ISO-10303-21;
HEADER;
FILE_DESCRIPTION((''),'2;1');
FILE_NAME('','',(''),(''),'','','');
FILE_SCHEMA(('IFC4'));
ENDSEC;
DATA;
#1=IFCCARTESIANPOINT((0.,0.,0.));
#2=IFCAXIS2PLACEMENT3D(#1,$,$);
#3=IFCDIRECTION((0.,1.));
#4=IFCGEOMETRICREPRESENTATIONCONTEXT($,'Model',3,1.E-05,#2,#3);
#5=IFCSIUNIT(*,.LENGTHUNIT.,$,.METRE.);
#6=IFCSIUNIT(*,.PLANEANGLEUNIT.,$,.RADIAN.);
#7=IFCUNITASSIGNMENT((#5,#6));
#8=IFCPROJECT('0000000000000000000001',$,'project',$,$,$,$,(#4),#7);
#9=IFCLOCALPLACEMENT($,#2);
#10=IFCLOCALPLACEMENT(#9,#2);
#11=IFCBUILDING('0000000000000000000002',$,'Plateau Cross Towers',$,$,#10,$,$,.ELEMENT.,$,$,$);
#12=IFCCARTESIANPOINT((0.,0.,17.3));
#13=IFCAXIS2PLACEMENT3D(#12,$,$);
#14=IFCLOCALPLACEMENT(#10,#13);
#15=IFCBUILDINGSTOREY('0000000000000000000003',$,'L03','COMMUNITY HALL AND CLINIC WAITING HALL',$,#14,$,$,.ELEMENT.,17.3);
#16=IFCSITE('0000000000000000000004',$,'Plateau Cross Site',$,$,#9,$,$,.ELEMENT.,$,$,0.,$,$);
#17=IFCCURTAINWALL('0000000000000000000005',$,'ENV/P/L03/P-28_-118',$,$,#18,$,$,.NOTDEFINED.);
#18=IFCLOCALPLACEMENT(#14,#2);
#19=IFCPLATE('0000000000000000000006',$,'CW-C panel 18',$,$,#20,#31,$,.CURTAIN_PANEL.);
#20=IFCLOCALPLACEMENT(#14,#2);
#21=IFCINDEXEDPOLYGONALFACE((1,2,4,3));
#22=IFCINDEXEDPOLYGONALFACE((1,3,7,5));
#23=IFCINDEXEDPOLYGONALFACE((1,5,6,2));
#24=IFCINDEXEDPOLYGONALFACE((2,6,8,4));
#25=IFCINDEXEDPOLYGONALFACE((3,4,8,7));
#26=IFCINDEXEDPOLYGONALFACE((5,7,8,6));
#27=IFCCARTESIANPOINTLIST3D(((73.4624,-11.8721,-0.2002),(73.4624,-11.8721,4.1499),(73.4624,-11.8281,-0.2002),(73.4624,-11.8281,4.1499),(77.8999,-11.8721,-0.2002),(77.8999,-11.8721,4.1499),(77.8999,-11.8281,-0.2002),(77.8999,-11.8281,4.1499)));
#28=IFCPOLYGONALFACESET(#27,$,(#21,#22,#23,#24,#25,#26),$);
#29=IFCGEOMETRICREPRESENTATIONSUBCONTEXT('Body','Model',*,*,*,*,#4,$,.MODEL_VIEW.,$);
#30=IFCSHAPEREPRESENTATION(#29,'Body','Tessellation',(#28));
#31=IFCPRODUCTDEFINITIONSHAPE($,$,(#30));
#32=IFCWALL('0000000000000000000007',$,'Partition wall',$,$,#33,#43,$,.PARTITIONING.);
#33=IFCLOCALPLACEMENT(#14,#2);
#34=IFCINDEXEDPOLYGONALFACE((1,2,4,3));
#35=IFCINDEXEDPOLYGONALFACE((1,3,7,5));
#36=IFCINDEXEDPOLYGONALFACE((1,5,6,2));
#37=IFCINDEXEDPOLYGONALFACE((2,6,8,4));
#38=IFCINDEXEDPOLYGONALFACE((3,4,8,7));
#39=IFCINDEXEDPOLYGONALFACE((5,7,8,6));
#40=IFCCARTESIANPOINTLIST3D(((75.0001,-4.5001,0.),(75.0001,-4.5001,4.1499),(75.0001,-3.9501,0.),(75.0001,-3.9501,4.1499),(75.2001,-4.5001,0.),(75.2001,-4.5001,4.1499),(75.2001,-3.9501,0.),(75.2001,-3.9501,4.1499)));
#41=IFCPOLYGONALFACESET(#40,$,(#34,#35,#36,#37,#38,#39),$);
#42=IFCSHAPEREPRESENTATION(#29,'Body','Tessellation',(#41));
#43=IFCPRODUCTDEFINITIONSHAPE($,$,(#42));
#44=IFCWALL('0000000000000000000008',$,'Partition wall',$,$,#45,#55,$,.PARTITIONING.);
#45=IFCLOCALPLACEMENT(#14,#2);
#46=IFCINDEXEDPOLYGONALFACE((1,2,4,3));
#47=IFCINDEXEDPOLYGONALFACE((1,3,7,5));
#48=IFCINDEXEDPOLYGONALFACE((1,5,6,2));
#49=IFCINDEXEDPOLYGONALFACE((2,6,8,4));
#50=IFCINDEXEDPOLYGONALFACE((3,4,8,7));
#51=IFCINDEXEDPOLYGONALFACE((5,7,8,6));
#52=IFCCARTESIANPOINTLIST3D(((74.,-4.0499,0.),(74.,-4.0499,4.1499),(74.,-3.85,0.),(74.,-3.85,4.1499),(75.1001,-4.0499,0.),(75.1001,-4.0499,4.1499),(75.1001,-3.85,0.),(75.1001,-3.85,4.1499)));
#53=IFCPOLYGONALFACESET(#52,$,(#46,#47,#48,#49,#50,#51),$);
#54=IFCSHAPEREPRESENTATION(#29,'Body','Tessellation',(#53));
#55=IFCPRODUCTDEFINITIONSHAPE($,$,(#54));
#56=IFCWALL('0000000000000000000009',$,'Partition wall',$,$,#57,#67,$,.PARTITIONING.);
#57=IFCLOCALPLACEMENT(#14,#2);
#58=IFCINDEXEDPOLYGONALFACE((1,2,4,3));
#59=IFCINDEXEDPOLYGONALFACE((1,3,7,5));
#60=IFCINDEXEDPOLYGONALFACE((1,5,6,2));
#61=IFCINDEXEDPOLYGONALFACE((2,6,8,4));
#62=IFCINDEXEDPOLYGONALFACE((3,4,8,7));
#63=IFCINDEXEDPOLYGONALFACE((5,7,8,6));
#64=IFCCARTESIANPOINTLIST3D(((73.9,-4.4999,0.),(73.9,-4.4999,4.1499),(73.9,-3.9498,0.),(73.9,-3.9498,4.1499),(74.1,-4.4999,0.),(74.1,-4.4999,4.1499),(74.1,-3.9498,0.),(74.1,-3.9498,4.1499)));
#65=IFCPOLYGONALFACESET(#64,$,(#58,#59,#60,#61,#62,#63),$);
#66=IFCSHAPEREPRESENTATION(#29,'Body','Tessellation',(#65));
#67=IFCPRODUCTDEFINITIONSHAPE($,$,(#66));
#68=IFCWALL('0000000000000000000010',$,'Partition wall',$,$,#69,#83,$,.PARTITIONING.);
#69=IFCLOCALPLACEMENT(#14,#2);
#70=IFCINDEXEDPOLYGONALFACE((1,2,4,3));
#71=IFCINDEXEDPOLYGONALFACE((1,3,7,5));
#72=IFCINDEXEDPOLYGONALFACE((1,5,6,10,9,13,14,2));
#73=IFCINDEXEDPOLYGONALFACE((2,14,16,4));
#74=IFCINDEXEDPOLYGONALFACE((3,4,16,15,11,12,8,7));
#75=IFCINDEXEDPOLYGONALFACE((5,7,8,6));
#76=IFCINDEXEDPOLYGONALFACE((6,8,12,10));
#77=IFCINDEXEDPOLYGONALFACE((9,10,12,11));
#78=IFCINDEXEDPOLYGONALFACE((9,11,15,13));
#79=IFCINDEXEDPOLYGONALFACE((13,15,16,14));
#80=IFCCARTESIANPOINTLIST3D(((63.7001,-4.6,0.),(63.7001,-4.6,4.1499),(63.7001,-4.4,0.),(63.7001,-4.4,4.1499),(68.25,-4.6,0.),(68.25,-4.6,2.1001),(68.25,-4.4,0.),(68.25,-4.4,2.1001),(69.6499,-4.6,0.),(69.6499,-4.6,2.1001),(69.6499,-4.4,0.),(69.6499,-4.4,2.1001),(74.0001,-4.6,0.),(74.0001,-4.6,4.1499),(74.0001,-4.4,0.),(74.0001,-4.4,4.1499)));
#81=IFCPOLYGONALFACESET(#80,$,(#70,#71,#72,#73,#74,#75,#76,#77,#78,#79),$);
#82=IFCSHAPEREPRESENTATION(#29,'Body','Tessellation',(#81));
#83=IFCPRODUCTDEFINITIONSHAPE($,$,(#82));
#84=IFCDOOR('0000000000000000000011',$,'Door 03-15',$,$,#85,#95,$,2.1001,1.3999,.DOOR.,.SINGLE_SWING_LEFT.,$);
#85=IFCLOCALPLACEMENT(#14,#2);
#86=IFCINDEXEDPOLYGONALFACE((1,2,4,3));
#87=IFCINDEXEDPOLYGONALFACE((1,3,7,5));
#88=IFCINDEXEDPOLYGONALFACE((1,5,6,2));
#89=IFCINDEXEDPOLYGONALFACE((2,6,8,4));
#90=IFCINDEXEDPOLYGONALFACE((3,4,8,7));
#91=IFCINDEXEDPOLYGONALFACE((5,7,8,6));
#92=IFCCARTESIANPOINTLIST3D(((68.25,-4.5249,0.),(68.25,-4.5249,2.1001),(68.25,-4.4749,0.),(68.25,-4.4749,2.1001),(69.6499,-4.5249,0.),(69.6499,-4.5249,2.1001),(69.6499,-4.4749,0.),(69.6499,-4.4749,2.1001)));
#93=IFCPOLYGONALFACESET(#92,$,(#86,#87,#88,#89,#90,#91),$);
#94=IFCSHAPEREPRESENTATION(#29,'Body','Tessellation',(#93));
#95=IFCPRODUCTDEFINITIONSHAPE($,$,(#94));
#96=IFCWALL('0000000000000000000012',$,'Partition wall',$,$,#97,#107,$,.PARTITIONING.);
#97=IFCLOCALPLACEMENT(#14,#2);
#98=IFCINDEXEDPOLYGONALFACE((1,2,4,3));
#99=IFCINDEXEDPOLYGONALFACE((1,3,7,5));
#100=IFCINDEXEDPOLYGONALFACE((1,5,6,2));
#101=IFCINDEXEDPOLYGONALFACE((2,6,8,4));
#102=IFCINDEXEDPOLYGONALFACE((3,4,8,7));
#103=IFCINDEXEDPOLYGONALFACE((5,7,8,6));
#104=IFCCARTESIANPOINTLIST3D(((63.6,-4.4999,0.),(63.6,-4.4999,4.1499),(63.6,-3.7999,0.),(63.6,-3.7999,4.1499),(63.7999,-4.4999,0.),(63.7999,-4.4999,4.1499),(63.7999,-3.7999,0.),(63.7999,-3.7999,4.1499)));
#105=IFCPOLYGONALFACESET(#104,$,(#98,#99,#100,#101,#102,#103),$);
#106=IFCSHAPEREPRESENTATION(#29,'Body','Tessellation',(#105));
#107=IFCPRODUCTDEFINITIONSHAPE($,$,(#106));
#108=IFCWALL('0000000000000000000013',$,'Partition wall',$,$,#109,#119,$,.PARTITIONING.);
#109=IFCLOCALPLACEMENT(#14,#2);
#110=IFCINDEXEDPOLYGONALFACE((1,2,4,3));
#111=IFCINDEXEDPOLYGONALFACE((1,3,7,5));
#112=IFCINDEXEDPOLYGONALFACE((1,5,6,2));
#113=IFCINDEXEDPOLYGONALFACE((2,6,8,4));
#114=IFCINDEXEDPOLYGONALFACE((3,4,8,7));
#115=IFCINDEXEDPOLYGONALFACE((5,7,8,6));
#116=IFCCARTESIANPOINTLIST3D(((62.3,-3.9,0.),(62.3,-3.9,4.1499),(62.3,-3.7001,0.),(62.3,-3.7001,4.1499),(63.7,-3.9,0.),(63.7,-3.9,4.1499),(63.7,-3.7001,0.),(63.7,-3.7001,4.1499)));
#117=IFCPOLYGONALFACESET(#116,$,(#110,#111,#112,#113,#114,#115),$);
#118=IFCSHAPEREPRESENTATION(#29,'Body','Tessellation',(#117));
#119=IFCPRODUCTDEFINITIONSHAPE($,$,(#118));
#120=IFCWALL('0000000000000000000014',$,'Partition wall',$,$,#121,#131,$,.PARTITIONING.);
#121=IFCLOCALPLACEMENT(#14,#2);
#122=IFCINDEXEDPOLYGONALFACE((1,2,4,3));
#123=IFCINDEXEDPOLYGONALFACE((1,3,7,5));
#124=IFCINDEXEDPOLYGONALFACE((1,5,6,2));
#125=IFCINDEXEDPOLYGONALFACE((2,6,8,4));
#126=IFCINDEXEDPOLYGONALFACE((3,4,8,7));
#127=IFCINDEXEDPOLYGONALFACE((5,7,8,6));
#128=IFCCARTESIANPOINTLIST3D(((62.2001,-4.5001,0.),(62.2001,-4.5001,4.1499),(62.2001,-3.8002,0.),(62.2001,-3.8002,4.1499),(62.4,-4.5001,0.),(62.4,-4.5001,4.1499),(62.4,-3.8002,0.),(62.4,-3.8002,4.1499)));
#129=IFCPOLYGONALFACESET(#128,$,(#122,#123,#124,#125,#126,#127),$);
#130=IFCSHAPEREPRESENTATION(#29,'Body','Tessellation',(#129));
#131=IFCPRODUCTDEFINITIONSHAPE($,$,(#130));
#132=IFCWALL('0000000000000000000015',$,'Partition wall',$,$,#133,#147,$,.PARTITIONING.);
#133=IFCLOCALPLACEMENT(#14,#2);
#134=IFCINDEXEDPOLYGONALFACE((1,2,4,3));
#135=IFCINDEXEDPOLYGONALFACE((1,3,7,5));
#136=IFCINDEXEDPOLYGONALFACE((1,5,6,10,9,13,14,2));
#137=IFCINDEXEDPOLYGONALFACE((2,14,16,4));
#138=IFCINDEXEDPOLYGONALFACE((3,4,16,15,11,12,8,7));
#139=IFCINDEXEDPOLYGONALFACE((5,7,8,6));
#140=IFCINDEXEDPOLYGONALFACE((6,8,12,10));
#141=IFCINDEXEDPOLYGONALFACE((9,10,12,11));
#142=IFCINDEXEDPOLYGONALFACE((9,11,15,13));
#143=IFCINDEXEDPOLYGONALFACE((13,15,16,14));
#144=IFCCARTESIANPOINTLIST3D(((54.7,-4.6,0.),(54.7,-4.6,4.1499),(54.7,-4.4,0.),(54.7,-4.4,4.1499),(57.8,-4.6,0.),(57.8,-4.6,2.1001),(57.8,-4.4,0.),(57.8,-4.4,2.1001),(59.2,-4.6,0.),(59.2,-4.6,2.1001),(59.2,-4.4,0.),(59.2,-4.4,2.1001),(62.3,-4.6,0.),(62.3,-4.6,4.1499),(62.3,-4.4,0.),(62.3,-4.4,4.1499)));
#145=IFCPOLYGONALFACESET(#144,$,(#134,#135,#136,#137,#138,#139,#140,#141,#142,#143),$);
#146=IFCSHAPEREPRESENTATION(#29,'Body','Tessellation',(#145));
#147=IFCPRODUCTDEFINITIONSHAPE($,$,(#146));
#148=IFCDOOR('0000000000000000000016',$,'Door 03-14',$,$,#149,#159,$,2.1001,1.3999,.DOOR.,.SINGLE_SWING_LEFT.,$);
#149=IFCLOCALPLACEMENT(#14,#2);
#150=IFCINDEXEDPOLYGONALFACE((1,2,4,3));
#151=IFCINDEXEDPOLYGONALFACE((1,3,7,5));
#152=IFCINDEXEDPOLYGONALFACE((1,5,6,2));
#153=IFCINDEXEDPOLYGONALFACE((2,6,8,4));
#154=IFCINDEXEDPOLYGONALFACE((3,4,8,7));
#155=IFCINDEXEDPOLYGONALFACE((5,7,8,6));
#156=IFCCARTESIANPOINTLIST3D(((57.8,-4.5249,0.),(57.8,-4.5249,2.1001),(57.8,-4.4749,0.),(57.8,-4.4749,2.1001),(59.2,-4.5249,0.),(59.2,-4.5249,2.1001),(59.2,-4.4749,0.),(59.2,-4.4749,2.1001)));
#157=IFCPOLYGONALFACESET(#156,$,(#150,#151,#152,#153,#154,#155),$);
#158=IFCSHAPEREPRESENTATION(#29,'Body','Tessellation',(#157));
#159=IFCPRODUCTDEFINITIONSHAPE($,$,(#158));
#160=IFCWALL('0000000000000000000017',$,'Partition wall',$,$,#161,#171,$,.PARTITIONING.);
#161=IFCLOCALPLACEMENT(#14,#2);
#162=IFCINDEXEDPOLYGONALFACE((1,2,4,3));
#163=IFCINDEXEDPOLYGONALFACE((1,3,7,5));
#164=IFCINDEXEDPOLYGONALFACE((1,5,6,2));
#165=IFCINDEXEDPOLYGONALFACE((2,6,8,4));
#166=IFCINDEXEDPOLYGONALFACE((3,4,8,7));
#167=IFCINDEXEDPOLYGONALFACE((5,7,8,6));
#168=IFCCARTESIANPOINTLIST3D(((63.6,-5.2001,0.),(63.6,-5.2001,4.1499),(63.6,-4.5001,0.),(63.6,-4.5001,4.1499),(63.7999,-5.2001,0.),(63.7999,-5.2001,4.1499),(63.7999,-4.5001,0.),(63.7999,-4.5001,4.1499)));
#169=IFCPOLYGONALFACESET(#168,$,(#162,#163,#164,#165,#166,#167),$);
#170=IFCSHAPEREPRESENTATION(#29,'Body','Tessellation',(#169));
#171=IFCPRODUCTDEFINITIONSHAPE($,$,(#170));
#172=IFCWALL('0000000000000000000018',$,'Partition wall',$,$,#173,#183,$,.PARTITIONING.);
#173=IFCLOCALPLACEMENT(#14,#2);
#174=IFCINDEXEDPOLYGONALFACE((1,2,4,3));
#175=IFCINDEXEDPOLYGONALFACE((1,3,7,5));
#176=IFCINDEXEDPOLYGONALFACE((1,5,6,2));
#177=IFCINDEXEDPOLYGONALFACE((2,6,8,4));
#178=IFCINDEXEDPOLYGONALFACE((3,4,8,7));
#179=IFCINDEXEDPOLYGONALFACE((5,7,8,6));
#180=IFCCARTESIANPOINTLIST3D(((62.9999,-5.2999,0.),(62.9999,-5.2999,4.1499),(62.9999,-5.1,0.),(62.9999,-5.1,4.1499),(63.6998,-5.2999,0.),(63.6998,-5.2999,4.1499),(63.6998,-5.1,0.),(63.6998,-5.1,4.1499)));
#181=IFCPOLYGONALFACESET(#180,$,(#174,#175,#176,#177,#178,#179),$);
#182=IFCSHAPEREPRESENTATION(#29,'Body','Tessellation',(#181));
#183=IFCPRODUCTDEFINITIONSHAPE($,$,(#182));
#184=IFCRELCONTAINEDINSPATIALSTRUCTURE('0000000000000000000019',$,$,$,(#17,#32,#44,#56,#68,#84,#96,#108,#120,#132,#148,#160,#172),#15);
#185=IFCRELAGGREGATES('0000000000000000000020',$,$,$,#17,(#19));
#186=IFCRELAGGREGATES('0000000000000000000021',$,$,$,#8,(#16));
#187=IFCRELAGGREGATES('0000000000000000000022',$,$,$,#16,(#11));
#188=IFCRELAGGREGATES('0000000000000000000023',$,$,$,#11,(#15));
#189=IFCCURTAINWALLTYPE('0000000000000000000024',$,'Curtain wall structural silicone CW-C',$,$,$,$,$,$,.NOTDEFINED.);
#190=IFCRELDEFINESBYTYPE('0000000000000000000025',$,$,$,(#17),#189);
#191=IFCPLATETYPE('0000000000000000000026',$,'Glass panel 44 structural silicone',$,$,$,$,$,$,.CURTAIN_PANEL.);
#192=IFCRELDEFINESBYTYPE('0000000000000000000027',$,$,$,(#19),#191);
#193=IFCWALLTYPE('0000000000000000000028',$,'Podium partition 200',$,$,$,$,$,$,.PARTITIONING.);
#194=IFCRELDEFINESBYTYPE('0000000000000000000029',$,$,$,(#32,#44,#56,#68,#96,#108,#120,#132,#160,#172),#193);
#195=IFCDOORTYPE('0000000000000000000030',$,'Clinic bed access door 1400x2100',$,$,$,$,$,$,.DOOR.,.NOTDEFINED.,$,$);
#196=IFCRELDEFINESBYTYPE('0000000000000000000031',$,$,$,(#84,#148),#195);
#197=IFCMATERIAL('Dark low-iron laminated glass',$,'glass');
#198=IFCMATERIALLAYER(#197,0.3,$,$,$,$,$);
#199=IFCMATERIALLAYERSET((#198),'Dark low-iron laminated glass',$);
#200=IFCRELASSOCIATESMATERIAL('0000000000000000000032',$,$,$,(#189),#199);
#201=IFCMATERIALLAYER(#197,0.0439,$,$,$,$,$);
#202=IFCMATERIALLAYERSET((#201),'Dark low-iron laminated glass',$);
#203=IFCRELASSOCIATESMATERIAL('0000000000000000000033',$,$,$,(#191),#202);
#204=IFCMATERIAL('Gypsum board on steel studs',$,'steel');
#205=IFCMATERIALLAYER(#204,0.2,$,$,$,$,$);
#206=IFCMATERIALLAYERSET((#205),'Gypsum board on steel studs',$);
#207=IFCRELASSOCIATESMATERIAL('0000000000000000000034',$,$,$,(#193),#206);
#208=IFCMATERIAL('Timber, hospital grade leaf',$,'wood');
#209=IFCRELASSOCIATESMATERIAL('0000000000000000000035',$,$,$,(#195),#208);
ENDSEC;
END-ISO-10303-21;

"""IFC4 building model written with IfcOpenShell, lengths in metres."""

from ifc_helpers import new_model, si_unit, direction, frame, frame_2d, origin, origin_2d, place, context, subcontext, project, spatial, rectangle, extrude, material, layer, layer_set, type_object, element, fill, aggregate, save


model = new_model("IFC4")

# Units and contexts
model_context = context("Model", 3, precision=1e-05, world=origin(), true_north=direction((0.0, 1.0)))
body_context = subcontext(model_context, "Body", "Model", "MODEL_VIEW")
ifc_project = project(units=[si_unit("LENGTHUNIT", "METRE"), si_unit("PLANEANGLEUNIT", "RADIAN")], contexts=[model_context])

# Site, building, storey
site_placement = place(None, origin())
site = spatial("IfcSite", under=ifc_project, at=site_placement, Name="Plateau Cross Site", CompositionType="ELEMENT", RefElevation=0.0)
building_placement = place(site_placement, origin())
building = spatial("IfcBuilding", under=site, at=building_placement, Name="Plateau Cross Towers", CompositionType="ELEMENT")
storey_placement = place(building_placement, frame((0.0, 0.0, 17.3)))
storey = spatial("IfcBuildingStorey", under=building, at=storey_placement, Name="L03", Description="COMMUNITY HALL AND CLINIC WAITING HALL", CompositionType="ELEMENT", Elevation=17.3)

# Curtain wall
ifc_material_1 = material(Name="Dark low-iron laminated glass", Category="glass")
ifc_layer_1 = layer(ifc_material_1, 0.3)
ifc_layer_set_1 = layer_set([ifc_layer_1], Name="Dark low-iron laminated glass")
curtain_wall_type = type_object("IfcCurtainWallType", Name="Curtain wall structural silicone CW-C", PredefinedType="NOTDEFINED", material=ifc_layer_set_1)
curtain_wall_placement = place(storey_placement, origin())
curtain_wall = element("IfcCurtainWall", 1, at=curtain_wall_placement, inside=storey, type_object=curtain_wall_type, Name="ENV/P/L03/P-28_-118", PredefinedType="NOTDEFINED")

# Plate
ifc_layer_2 = layer(ifc_material_1, 0.0439)
ifc_layer_set_2 = layer_set([ifc_layer_2], Name="Dark low-iron laminated glass")
plate_type = type_object("IfcPlateType", Name="Glass panel 44 structural silicone", PredefinedType="CURTAIN_PANEL", material=ifc_layer_set_2)
plate_1_placement = place(storey_placement, frame((75.6812, -11.8501, -0.2002), z_axis=(0.0, 0.0, 1.0), x_axis=(1.0, 0.0, 0.0)))
plate_1 = element("IfcPlate", 2, at=plate_1_placement, type_object=plate_type, Name="CW-C panel 18", PredefinedType="CURTAIN_PANEL", context=body_context, shape_type="SweptSolid", body=[
    extrude(rectangle(XDim=4.4375, YDim=0.0439, at=origin_2d()), origin(), (0.0, 0.0, 1.0), 4.3501),
])
aggregate(curtain_wall, [plate_1])

# Walls
ifc_material_2 = material(Name="Gypsum board on steel studs", Category="steel")
ifc_layer_3 = layer(ifc_material_2, 0.2)
ifc_layer_set_3 = layer_set([ifc_layer_3], Name="Gypsum board on steel studs")
wall_type = type_object("IfcWallType", Name="Podium partition 200", PredefinedType="PARTITIONING", material=ifc_layer_set_3)
wall_1_placement = place(storey_placement, frame((75.1001, -4.5, 0.0), z_axis=(0.0, 0.0, 1.0), x_axis=(0.0, 1.0, 0.0)))
element("IfcWall", 3, at=wall_1_placement, inside=storey, type_object=wall_type, Name="Partition wall", PredefinedType="PARTITIONING", context=body_context, shape_type="SweptSolid", body=[
    extrude(rectangle(XDim=0.55, YDim=0.2, at=frame_2d((0.2749, 0.0))), origin(), (0.0, 0.0, 1.0), 4.1499),
])
wall_2_placement = place(storey_placement, frame((75.1001, -3.95, 0.0), z_axis=(0.0, 0.0, 1.0), x_axis=(-1.0, 0.0, 0.0)))
element("IfcWall", 4, at=wall_2_placement, inside=storey, type_object=wall_type, Name="Partition wall", PredefinedType="PARTITIONING", context=body_context, shape_type="SweptSolid", body=[
    extrude(rectangle(XDim=1.1001, YDim=0.2, at=frame_2d((0.55, 0.0))), origin(), (0.0, 0.0, 1.0), 4.1499),
])
wall_3_placement = place(storey_placement, frame((74.0, -3.95, 0.0), z_axis=(0.0, 0.0, 1.0), x_axis=(0.0, -1.0, 0.0)))
element("IfcWall", 5, at=wall_3_placement, inside=storey, type_object=wall_type, Name="Partition wall", PredefinedType="PARTITIONING", context=body_context, shape_type="SweptSolid", body=[
    extrude(rectangle(XDim=0.55, YDim=0.2, at=frame_2d((0.2749, 0.0))), origin(), (0.0, 0.0, 1.0), 4.1499),
])

# Wall, opening, door
wall_4_placement = place(storey_placement, frame((74.0, -4.5, 0.0), z_axis=(0.0, 0.0, 1.0), x_axis=(-1.0, 0.0, 0.0)))
wall_4 = element("IfcWall", 6, at=wall_4_placement, inside=storey, type_object=wall_type, Name="Partition wall", PredefinedType="PARTITIONING", context=body_context, shape_type="SweptSolid", body=[
    extrude(rectangle(XDim=10.3, YDim=0.2, at=frame_2d((5.1499, 0.0))), origin(), (0.0, 0.0, 1.0), 4.1499),
])
opening_1_placement = place(wall_4_placement, frame((4.3501, 0.0, 0.0)))
opening_1 = element("IfcOpeningElement", 7, at=opening_1_placement, cuts=wall_4, PredefinedType="OPENING", context=body_context, shape_type="SweptSolid", body=[
    extrude(rectangle(XDim=1.3999, YDim=2.1001, at=frame_2d((0.7, 1.05))), frame((0.0, 0.1099, 0.0), z_axis=(0.0, -1.0, 0.0), x_axis=(1.0, 0.0, 0.0)), (0.0, 0.0, 1.0), 0.22),
])
ifc_material_3 = material(Name="Timber, hospital grade leaf", Category="wood")
door_type = type_object("IfcDoorType", Name="Clinic bed access door 1400x2100", OperationType="NOTDEFINED", PredefinedType="DOOR", material=ifc_material_3)
door_1_placement = place(opening_1_placement, origin())
door_1 = element("IfcDoor", 8, at=door_1_placement, inside=storey, type_object=door_type, Name="Door 03-15", OperationType="SINGLE_SWING_LEFT", OverallHeight=2.1001, OverallWidth=1.3999, PredefinedType="DOOR", context=body_context, shape_type="SweptSolid", body=[
    extrude(rectangle(XDim=1.3999, YDim=2.1001, at=frame_2d((0.7, 1.05))), frame((0.0, 0.0249, 0.0), z_axis=(0.0, -1.0, 0.0), x_axis=(1.0, 0.0, 0.0)), (0.0, 0.0, 1.0), 0.05),
])
fill(opening_1, door_1)

# Walls
wall_5_placement = place(storey_placement, frame((63.7, -4.5, 0.0), z_axis=(0.0, 0.0, 1.0), x_axis=(0.0, 1.0, 0.0)))
element("IfcWall", 9, at=wall_5_placement, inside=storey, type_object=wall_type, Name="Partition wall", PredefinedType="PARTITIONING", context=body_context, shape_type="SweptSolid", body=[
    extrude(rectangle(XDim=0.7, YDim=0.2, at=frame_2d((0.3501, 0.0))), origin(), (0.0, 0.0, 1.0), 4.1499),
])
wall_6_placement = place(storey_placement, frame((63.7, -3.8, 0.0), z_axis=(0.0, 0.0, 1.0), x_axis=(-1.0, 0.0, 0.0)))
element("IfcWall", 10, at=wall_6_placement, inside=storey, type_object=wall_type, Name="Partition wall", PredefinedType="PARTITIONING", context=body_context, shape_type="SweptSolid", body=[
    extrude(rectangle(XDim=1.3999, YDim=0.2, at=frame_2d((0.7, 0.0))), origin(), (0.0, 0.0, 1.0), 4.1499),
])
wall_7_placement = place(storey_placement, frame((62.3, -3.8, 0.0), z_axis=(0.0, 0.0, 1.0), x_axis=(0.0, -1.0, 0.0)))
element("IfcWall", 11, at=wall_7_placement, inside=storey, type_object=wall_type, Name="Partition wall", PredefinedType="PARTITIONING", context=body_context, shape_type="SweptSolid", body=[
    extrude(rectangle(XDim=0.7, YDim=0.2, at=frame_2d((0.3501, 0.0))), origin(), (0.0, 0.0, 1.0), 4.1499),
])

# Wall, opening, door
wall_8_placement = place(storey_placement, frame((62.3, -4.5, 0.0), z_axis=(0.0, 0.0, 1.0), x_axis=(-1.0, 0.0, 0.0)))
wall_8 = element("IfcWall", 12, at=wall_8_placement, inside=storey, type_object=wall_type, Name="Partition wall", PredefinedType="PARTITIONING", context=body_context, shape_type="SweptSolid", body=[
    extrude(rectangle(XDim=7.6001, YDim=0.2, at=frame_2d((3.8, 0.0))), origin(), (0.0, 0.0, 1.0), 4.1499),
])
opening_2_placement = place(wall_8_placement, frame((3.1001, 0.0, 0.0)))
opening_2 = element("IfcOpeningElement", 13, at=opening_2_placement, cuts=wall_8, PredefinedType="OPENING", context=body_context, shape_type="SweptSolid", body=[
    extrude(rectangle(XDim=1.3999, YDim=2.1001, at=frame_2d((0.7, 1.05))), frame((0.0, 0.1099, 0.0), z_axis=(0.0, -1.0, 0.0), x_axis=(1.0, 0.0, 0.0)), (0.0, 0.0, 1.0), 0.22),
])
door_2_placement = place(opening_2_placement, origin())
door_2 = element("IfcDoor", 14, at=door_2_placement, inside=storey, type_object=door_type, Name="Door 03-14", OperationType="SINGLE_SWING_LEFT", OverallHeight=2.1001, OverallWidth=1.3999, PredefinedType="DOOR", context=body_context, shape_type="SweptSolid", body=[
    extrude(rectangle(XDim=1.3999, YDim=2.1001, at=frame_2d((0.7, 1.05))), frame((0.0, 0.0249, 0.0), z_axis=(0.0, -1.0, 0.0), x_axis=(1.0, 0.0, 0.0)), (0.0, 0.0, 1.0), 0.05),
])
fill(opening_2, door_2)

# Walls
for number, where, z_axis, x_axis, name in (
    (15, (63.7, -4.5, 0.0), (0.0, 0.0, 1.0), (0.0, -1.0, 0.0), "Partition wall"),
    (16, (63.7, -5.2, 0.0), (0.0, 0.0, 1.0), (-1.0, 0.0, 0.0), "Partition wall"),
):
    element("IfcWall", number, at=place(storey_placement, frame(where, z_axis=z_axis, x_axis=x_axis)), inside=storey, type_object=wall_type, Name=name, PredefinedType="PARTITIONING", context=body_context, shape_type="SweptSolid", body=[
        extrude(rectangle(XDim=0.7, YDim=0.2, at=frame_2d((0.3501, 0.0))), origin(), (0.0, 0.0, 1.0), 4.1499),
    ])

save(model, "model.ifc")
